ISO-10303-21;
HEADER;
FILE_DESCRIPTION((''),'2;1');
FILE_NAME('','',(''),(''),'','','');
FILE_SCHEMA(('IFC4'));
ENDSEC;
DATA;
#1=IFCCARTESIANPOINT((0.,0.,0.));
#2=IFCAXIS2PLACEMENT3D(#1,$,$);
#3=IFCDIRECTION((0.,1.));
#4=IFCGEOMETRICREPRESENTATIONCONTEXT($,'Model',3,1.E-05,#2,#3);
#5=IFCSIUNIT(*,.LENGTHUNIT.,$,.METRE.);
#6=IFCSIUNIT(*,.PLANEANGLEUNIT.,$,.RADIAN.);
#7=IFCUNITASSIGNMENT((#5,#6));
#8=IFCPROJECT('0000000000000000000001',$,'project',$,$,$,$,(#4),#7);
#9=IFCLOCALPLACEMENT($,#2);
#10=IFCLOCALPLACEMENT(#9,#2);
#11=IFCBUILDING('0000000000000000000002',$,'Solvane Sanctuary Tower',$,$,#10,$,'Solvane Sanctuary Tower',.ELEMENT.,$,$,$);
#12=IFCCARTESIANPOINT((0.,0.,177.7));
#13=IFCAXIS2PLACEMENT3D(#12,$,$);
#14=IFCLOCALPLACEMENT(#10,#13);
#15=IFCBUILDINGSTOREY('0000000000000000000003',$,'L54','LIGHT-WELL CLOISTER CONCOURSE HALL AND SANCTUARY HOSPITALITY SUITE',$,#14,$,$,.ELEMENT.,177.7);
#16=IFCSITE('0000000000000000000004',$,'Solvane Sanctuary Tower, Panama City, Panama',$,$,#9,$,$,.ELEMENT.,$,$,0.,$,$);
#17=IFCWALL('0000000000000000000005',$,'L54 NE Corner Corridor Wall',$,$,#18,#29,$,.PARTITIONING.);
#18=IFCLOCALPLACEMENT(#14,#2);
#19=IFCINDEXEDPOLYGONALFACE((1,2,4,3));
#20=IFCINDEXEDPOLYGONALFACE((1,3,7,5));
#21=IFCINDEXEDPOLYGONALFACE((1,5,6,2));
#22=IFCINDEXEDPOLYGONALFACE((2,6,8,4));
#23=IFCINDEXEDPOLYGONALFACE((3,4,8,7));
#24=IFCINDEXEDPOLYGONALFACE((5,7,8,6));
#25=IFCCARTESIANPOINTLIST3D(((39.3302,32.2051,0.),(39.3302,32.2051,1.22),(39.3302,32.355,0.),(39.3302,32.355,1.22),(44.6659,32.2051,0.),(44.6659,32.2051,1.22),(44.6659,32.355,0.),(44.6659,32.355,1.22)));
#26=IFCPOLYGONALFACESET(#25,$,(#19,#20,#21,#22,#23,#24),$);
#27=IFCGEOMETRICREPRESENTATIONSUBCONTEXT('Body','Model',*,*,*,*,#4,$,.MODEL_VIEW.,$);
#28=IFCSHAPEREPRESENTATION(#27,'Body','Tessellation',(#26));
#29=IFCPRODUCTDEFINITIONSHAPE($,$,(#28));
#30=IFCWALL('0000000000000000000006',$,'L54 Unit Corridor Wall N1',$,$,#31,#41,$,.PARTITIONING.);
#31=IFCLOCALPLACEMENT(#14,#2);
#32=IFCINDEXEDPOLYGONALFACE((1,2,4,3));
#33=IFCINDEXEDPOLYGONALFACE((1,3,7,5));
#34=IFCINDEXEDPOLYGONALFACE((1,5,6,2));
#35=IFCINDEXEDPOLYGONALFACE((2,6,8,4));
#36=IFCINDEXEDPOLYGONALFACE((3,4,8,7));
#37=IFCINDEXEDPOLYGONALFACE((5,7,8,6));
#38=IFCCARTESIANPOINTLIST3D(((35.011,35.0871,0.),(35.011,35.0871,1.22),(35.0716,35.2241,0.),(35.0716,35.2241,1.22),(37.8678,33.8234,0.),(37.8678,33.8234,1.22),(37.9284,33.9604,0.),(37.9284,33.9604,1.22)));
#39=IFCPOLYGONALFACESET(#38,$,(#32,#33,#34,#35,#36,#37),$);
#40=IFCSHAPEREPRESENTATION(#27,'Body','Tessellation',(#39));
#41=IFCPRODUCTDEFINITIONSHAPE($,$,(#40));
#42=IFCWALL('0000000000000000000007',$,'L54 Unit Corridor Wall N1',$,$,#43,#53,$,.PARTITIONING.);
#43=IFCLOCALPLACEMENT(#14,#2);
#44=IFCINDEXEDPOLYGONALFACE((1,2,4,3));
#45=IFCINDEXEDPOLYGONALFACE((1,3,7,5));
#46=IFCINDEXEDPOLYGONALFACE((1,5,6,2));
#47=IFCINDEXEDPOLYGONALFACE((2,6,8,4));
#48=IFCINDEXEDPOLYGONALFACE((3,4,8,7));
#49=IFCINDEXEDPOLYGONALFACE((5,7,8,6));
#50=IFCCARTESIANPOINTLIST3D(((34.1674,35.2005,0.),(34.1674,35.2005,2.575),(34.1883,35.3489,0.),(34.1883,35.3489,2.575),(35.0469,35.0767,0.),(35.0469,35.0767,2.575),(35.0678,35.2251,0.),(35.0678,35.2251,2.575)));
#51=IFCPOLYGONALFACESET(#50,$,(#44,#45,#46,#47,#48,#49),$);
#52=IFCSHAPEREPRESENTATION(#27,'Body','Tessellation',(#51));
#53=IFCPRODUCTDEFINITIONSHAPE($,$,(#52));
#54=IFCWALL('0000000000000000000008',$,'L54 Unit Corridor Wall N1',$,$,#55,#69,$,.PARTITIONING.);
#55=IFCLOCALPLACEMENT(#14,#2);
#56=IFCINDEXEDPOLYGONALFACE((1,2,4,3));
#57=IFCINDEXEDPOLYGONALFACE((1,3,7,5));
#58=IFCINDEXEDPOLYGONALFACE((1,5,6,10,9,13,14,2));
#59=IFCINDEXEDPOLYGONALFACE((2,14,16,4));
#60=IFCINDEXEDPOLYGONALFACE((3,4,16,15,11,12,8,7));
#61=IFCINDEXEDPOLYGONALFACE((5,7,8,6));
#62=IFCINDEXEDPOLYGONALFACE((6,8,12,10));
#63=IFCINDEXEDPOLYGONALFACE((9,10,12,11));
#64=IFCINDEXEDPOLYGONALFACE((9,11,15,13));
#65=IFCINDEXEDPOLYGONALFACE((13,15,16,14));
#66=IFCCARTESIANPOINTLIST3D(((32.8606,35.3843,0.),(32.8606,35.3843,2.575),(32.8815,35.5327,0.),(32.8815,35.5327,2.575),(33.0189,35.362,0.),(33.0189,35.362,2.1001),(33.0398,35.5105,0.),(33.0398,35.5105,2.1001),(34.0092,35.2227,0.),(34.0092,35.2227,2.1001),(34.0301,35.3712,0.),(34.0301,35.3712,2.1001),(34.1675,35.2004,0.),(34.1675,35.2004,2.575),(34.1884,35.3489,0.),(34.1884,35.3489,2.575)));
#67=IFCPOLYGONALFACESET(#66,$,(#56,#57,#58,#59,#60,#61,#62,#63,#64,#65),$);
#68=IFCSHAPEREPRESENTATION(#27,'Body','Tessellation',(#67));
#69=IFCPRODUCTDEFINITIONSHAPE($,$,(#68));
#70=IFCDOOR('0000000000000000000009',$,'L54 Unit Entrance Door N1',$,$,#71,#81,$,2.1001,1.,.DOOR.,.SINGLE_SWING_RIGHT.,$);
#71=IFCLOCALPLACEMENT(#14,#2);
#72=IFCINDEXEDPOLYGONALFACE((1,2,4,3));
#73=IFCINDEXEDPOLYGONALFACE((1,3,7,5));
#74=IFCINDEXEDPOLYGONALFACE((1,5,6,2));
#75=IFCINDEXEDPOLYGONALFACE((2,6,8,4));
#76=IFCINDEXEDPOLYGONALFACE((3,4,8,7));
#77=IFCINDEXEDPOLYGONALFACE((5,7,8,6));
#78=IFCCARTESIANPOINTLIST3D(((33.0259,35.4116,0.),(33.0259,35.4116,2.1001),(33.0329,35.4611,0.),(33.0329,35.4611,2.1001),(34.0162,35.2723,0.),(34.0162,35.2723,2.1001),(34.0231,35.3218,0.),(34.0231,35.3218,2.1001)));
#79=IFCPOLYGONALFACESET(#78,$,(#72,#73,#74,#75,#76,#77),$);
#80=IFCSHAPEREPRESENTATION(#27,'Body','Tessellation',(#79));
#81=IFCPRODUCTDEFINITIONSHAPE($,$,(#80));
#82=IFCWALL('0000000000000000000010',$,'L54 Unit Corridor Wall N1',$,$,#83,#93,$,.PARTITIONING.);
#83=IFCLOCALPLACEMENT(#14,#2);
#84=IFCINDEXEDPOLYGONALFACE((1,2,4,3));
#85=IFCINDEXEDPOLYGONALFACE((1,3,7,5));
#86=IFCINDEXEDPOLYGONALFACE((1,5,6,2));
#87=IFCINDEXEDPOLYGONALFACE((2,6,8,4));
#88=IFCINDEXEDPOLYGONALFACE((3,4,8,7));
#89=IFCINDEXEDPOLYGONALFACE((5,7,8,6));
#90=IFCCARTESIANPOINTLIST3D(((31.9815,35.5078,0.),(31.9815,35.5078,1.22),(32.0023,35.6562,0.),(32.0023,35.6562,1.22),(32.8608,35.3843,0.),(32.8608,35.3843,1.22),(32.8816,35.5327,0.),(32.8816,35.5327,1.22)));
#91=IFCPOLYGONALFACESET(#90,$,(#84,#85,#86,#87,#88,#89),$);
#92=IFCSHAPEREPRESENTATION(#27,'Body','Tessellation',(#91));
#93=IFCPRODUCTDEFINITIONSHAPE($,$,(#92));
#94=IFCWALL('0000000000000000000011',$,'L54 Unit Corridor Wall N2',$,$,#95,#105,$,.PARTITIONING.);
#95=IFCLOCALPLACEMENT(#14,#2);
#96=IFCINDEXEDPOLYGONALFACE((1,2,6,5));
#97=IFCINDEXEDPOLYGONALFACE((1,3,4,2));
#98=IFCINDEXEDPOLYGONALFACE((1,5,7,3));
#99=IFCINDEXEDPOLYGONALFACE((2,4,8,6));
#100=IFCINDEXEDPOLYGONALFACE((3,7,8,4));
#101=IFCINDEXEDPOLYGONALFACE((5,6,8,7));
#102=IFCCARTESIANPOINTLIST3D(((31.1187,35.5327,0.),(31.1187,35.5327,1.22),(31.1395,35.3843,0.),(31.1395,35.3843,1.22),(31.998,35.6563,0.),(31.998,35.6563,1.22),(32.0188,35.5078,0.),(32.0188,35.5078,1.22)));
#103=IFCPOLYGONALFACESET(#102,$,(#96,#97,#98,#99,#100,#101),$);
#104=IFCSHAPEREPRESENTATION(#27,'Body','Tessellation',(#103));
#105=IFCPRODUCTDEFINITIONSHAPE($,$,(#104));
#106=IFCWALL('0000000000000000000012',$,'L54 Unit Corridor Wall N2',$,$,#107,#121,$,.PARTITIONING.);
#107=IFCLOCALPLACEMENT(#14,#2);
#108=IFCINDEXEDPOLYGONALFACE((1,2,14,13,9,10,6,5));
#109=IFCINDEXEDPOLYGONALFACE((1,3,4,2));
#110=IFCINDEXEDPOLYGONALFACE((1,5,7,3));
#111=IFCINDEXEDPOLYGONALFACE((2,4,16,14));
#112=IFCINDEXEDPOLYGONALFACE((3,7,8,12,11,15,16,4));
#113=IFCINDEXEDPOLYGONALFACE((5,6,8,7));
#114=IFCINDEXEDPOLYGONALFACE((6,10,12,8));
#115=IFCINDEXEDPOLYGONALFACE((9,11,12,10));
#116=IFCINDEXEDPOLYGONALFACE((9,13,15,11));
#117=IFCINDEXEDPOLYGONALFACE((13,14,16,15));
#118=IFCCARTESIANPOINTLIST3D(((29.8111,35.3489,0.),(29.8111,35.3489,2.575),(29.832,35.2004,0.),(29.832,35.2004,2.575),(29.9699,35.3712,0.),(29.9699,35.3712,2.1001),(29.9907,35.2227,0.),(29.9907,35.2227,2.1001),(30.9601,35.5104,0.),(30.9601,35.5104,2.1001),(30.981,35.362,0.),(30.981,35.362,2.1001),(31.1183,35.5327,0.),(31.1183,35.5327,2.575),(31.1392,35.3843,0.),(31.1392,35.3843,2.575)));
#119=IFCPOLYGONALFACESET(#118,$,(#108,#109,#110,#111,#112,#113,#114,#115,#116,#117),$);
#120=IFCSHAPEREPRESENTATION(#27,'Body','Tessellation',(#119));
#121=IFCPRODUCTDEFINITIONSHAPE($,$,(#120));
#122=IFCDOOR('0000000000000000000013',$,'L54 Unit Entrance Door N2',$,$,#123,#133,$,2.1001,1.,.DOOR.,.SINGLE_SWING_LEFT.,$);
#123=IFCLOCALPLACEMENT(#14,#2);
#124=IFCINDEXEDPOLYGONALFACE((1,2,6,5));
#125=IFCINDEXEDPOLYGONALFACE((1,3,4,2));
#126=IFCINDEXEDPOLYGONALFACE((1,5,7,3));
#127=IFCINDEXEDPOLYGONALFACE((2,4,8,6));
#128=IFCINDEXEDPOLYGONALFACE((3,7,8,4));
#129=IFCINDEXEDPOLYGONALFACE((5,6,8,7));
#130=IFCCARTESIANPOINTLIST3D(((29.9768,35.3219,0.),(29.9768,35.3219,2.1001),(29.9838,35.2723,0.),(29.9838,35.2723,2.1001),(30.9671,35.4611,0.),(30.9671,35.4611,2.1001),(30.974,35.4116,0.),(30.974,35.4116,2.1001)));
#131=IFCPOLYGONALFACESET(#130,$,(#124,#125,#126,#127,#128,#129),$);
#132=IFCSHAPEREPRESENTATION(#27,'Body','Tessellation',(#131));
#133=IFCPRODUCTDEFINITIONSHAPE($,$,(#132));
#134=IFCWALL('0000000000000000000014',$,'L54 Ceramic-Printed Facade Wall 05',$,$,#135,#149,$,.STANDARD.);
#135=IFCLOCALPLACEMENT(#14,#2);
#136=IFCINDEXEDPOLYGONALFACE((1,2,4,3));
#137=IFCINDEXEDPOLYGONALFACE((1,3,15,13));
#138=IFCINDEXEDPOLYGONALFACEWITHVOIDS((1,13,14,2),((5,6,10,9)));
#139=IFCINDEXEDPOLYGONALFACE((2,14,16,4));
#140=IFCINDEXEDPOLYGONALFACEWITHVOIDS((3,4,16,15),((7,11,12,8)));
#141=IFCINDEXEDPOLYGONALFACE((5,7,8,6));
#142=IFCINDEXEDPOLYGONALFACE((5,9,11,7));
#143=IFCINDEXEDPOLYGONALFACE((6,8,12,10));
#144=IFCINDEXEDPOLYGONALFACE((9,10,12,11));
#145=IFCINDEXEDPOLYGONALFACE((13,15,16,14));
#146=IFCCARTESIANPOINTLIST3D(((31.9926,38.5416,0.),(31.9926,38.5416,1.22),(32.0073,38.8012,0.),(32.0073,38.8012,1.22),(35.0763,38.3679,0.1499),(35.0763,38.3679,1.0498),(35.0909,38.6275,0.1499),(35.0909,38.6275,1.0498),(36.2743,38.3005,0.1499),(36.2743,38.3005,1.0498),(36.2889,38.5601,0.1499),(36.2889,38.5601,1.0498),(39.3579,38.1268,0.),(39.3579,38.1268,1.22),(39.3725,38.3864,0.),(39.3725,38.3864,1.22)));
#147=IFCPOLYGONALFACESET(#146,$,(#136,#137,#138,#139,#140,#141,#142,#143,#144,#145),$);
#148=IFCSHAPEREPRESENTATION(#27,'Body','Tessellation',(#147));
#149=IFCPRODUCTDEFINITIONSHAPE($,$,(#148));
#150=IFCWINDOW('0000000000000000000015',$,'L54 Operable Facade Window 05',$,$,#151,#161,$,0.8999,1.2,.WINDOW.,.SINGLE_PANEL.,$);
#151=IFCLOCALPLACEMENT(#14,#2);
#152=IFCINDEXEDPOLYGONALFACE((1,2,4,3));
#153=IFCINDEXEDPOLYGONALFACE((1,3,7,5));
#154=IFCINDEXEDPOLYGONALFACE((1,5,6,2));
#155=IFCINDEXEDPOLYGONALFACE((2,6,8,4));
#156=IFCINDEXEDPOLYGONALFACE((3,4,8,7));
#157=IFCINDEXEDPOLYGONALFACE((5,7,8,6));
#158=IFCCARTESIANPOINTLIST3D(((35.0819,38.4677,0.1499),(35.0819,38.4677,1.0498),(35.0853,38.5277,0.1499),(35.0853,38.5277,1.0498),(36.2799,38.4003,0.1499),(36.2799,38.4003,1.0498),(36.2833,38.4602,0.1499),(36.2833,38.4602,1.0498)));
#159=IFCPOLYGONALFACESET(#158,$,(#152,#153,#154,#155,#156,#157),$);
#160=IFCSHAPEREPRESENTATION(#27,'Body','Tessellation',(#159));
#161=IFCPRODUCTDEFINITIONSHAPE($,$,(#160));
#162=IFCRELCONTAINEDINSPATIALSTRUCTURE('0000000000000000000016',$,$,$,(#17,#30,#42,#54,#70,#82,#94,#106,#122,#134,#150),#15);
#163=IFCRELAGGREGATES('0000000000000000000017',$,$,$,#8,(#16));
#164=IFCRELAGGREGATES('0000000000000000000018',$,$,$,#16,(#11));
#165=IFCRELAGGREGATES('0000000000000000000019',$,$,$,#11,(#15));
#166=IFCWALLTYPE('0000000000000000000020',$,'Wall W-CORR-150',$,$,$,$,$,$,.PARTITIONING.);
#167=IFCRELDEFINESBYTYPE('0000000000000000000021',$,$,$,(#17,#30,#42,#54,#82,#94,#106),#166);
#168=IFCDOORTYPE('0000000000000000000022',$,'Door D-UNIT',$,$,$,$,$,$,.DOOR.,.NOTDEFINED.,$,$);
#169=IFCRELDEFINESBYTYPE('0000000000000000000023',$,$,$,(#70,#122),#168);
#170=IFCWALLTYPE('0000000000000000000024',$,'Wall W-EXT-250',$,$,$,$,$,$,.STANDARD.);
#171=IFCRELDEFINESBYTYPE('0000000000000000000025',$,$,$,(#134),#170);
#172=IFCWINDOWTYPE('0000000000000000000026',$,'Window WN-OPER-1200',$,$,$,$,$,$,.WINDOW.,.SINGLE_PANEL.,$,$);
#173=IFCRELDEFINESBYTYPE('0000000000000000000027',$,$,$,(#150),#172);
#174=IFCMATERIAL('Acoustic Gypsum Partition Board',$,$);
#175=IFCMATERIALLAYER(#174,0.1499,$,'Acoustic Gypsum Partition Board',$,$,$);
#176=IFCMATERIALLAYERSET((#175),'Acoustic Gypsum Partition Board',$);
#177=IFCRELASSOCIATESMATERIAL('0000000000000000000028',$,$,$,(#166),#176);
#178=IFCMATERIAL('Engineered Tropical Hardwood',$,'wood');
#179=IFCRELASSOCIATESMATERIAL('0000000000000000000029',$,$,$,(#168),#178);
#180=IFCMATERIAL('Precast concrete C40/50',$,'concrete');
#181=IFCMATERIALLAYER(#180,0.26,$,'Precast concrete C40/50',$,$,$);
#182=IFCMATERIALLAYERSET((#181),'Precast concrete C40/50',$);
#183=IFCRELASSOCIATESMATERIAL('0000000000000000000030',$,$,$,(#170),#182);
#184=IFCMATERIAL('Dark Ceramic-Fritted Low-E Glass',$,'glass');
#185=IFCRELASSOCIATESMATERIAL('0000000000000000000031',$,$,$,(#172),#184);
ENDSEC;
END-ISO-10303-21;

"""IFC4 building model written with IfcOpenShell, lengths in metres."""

from ifc_helpers import new_model, si_unit, direction, frame, frame_2d, origin, place, context, subcontext, project, spatial, rectangle, extrude, material, layer, layer_set, type_object, element, fill, save


model = new_model("IFC4")

# Units and contexts
model_context = context("Model", 3, precision=1e-05, world=origin(), true_north=direction((0.0, 1.0)))
body_context = subcontext(model_context, "Body", "Model", "MODEL_VIEW")
ifc_project = project(units=[si_unit("LENGTHUNIT", "METRE"), si_unit("PLANEANGLEUNIT", "RADIAN")], contexts=[model_context])

# Site, building, storey
site_placement = place(None, origin())
site = spatial("IfcSite", under=ifc_project, at=site_placement, Name="Solvane Sanctuary Tower, Panama City, Panama", CompositionType="ELEMENT", RefElevation=0.0)
building_placement = place(site_placement, origin())
building = spatial("IfcBuilding", under=site, at=building_placement, Name="Solvane Sanctuary Tower", LongName="Solvane Sanctuary Tower", CompositionType="ELEMENT")
storey_placement = place(building_placement, frame((0.0, 0.0, 177.7)))
storey = spatial("IfcBuildingStorey", under=building, at=storey_placement, Name="L54", Description="LIGHT-WELL CLOISTER CONCOURSE HALL AND SANCTUARY HOSPITALITY SUITE", CompositionType="ELEMENT", Elevation=177.7)

# Walls
ifc_material_1 = material(Name="Acoustic Gypsum Partition Board")
ifc_layer_1 = layer(ifc_material_1, 0.1499, Name="Acoustic Gypsum Partition Board")
ifc_layer_set_1 = layer_set([ifc_layer_1], Name="Acoustic Gypsum Partition Board")
wall_type_1 = type_object("IfcWallType", Name="Wall W-CORR-150", PredefinedType="PARTITIONING", material=ifc_layer_set_1)
wall_1_placement = place(storey_placement, frame((39.3301, 32.28, 0.0), z_axis=(0.0, 0.0, 1.0), x_axis=(1.0, 0.0, 0.0)))
element("IfcWall", 1, at=wall_1_placement, inside=storey, type_object=wall_type_1, Name="L54 NE Corner Corridor Wall", PredefinedType="PARTITIONING", context=body_context, shape_type="SweptSolid", body=[
    extrude(rectangle(XDim=5.3357, YDim=0.1499, at=frame_2d((2.668, 0.0))), origin(), (0.0, 0.0, 1.0), 1.22),
])
wall_2_placement = place(storey_placement, frame((37.8982, 33.8918, 0.0), z_axis=(0.0, 0.0, 1.0), x_axis=(-0.914519, 0.404542, 0.0)))
element("IfcWall", 2, at=wall_2_placement, inside=storey, type_object=wall_type_1, Name="L54 Unit Corridor Wall N1", PredefinedType="PARTITIONING", context=body_context, shape_type="SweptSolid", body=[
    extrude(rectangle(XDim=3.1238, YDim=0.1499, at=frame_2d((1.562, 0.0))), origin(), (0.0, 0.0, 1.0), 1.22),
])
wall_3_placement = place(storey_placement, frame((35.0574, 35.1509, 0.0), z_axis=(0.0, 0.0, 1.0), x_axis=(-0.990239, 0.139381, 0.0)))
element("IfcWall", 3, at=wall_3_placement, inside=storey, type_object=wall_type_1, Name="L54 Unit Corridor Wall N1", PredefinedType="PARTITIONING", context=body_context, shape_type="SweptSolid", body=[
    extrude(rectangle(XDim=0.8882, YDim=0.1499, at=frame_2d((0.4441, 0.0))), origin(), (0.0, 0.0, 1.0), 2.575),
])

# Wall, opening, door
wall_4_placement = place(storey_placement, frame((34.178, 35.2747, 0.0), z_axis=(0.0, 0.0, 1.0), x_axis=(-0.990251, 0.139297, 0.0)))
wall_4 = element("IfcWall", 4, at=wall_4_placement, inside=storey, type_object=wall_type_1, Name="L54 Unit Corridor Wall N1", PredefinedType="PARTITIONING", context=body_context, shape_type="SweptSolid", body=[
    extrude(rectangle(XDim=1.3198, YDim=0.1499, at=frame_2d((0.6599, 0.0))), origin(), (0.0, 0.0, 1.0), 2.575),
])
opening_1_placement = place(wall_4_placement, frame((0.1599, 0.0, 0.0)))
opening_1 = element("IfcOpeningElement", 5, at=opening_1_placement, cuts=wall_4, PredefinedType="OPENING", context=body_context, shape_type="SweptSolid", body=[
    extrude(rectangle(XDim=1.0, YDim=2.1001, at=frame_2d((0.5, 1.05))), frame((0.0, 0.085, 0.0), z_axis=(0.0, -1.0, 0.0), x_axis=(1.0, 0.0, 0.0)), (0.0, 0.0, 1.0), 0.1699),
])
ifc_material_2 = material(Name="Engineered Tropical Hardwood", Category="wood")
door_type = type_object("IfcDoorType", Name="Door D-UNIT", OperationType="NOTDEFINED", PredefinedType="DOOR", material=ifc_material_2)
door_1_placement = place(opening_1_placement, origin())
door_1 = element("IfcDoor", 6, at=door_1_placement, inside=storey, type_object=door_type, Name="L54 Unit Entrance Door N1", OperationType="SINGLE_SWING_RIGHT", OverallHeight=2.1001, OverallWidth=1.0, PredefinedType="DOOR", context=body_context, shape_type="SweptSolid", body=[
    extrude(rectangle(XDim=1.0, YDim=2.1001, at=frame_2d((0.5, 1.05))), frame((0.0, 0.0249, 0.0), z_axis=(0.0, -1.0, 0.0), x_axis=(1.0, 0.0, 0.0)), (0.0, 0.0, 1.0), 0.05),
])
fill(opening_1, door_1)

# Walls
for number, where, z_axis, x_axis, name in (
    (7, (32.8711, 35.4585, 0.0), (0.0, 0.0, 1.0), (-0.990277, 0.139112, 0.0), "L54 Unit Corridor Wall N1"),
    (8, (32.0083, 35.582, 0.0), (0.0, 0.0, 1.0), (-0.990277, -0.139112, 0.0), "L54 Unit Corridor Wall N2"),
):
    element("IfcWall", number, at=place(storey_placement, frame(where, z_axis=z_axis, x_axis=x_axis)), inside=storey, type_object=wall_type_1, Name=name, PredefinedType="PARTITIONING", context=body_context, shape_type="SweptSolid", body=[
        extrude(rectangle(XDim=0.8879, YDim=0.1499, at=frame_2d((0.4438, 0.0))), origin(), (0.0, 0.0, 1.0), 1.22),
    ])

# Wall, opening, door
wall_5_placement = place(storey_placement, frame((31.1289, 35.4585, 0.0), z_axis=(0.0, 0.0, 1.0), x_axis=(-0.990254, -0.139272, 0.0)))
wall_5 = element("IfcWall", 9, at=wall_5_placement, inside=storey, type_object=wall_type_1, Name="L54 Unit Corridor Wall N2", PredefinedType="PARTITIONING", context=body_context, shape_type="SweptSolid", body=[
    extrude(rectangle(XDim=1.3201, YDim=0.1499, at=frame_2d((0.6602, 0.0))), origin(), (0.0, 0.0, 1.0), 2.575),
])
opening_2_placement = place(wall_5_placement, frame((0.1599, 0.0, 0.0)))
opening_2 = element("IfcOpeningElement", 10, at=opening_2_placement, cuts=wall_5, PredefinedType="OPENING", context=body_context, shape_type="SweptSolid", body=[
    extrude(rectangle(XDim=1.0, YDim=2.1001, at=frame_2d((0.5, 1.05))), frame((0.0, 0.085, 0.0), z_axis=(0.0, -1.0, 0.0), x_axis=(1.0, 0.0, 0.0)), (0.0, 0.0, 1.0), 0.1699),
])
door_2_placement = place(opening_2_placement, origin())
door_2 = element("IfcDoor", 11, at=door_2_placement, inside=storey, type_object=door_type, Name="L54 Unit Entrance Door N2", OperationType="SINGLE_SWING_LEFT", OverallHeight=2.1001, OverallWidth=1.0, PredefinedType="DOOR", context=body_context, shape_type="SweptSolid", body=[
    extrude(rectangle(XDim=1.0, YDim=2.1001, at=frame_2d((0.5, 1.05))), frame((0.0, 0.0249, 0.0), z_axis=(0.0, -1.0, 0.0), x_axis=(1.0, 0.0, 0.0)), (0.0, 0.0, 1.0), 0.05),
])
fill(opening_2, door_2)

# Wall, opening, window
ifc_material_3 = material(Name="Precast concrete C40/50", Category="concrete")
ifc_layer_2 = layer(ifc_material_3, 0.26, Name="Precast concrete C40/50")
ifc_layer_set_2 = layer_set([ifc_layer_2], Name="Precast concrete C40/50")
wall_type_2 = type_object("IfcWallType", Name="Wall W-EXT-250", PredefinedType="STANDARD", material=ifc_layer_set_2)
wall_6_placement = place(storey_placement, frame((39.3652, 38.2566, 0.0), z_axis=(0.0, 0.0, 1.0), x_axis=(-0.998418, 0.056229, 0.0)))
wall_6 = element("IfcWall", 12, at=wall_6_placement, inside=storey, type_object=wall_type_2, Name="L54 Ceramic-Printed Facade Wall 05", PredefinedType="STANDARD", context=body_context, shape_type="SweptSolid", body=[
    extrude(rectangle(XDim=7.377, YDim=0.26, at=frame_2d((3.6885, 0.0))), origin(), (0.0, 0.0, 1.0), 1.22),
])
opening_3_placement = place(wall_6_placement, frame((3.0884, 0.0, 0.1499)))
opening_3 = element("IfcOpeningElement", 13, at=opening_3_placement, cuts=wall_6, PredefinedType="OPENING", context=body_context, shape_type="SweptSolid", body=[
    extrude(rectangle(XDim=1.2, YDim=0.8999, at=frame_2d((0.6001, 0.45))), frame((0.0, 0.1399, 0.0), z_axis=(0.0, -1.0, 0.0), x_axis=(1.0, 0.0, 0.0)), (0.0, 0.0, 1.0), 0.28),
])
ifc_material_4 = material(Name="Dark Ceramic-Fritted Low-E Glass", Category="glass")
window_type = type_object("IfcWindowType", Name="Window WN-OPER-1200", PartitioningType="SINGLE_PANEL", PredefinedType="WINDOW", material=ifc_material_4)
window_1_placement = place(opening_3_placement, origin())
window_1 = element("IfcWindow", 14, at=window_1_placement, inside=storey, type_object=window_type, Name="L54 Operable Facade Window 05", OverallHeight=0.8999, OverallWidth=1.2, PartitioningType="SINGLE_PANEL", PredefinedType="WINDOW", context=body_context, shape_type="SweptSolid", body=[
    extrude(rectangle(XDim=1.2, YDim=0.8999, at=frame_2d((0.6001, 0.45))), frame((0.0, 0.03, 0.0), z_axis=(0.0, -1.0, 0.0), x_axis=(1.0, 0.0, 0.0)), (0.0, 0.0, 1.0), 0.0601),
])
fill(opening_3, window_1)

save(model, "model.ifc")
